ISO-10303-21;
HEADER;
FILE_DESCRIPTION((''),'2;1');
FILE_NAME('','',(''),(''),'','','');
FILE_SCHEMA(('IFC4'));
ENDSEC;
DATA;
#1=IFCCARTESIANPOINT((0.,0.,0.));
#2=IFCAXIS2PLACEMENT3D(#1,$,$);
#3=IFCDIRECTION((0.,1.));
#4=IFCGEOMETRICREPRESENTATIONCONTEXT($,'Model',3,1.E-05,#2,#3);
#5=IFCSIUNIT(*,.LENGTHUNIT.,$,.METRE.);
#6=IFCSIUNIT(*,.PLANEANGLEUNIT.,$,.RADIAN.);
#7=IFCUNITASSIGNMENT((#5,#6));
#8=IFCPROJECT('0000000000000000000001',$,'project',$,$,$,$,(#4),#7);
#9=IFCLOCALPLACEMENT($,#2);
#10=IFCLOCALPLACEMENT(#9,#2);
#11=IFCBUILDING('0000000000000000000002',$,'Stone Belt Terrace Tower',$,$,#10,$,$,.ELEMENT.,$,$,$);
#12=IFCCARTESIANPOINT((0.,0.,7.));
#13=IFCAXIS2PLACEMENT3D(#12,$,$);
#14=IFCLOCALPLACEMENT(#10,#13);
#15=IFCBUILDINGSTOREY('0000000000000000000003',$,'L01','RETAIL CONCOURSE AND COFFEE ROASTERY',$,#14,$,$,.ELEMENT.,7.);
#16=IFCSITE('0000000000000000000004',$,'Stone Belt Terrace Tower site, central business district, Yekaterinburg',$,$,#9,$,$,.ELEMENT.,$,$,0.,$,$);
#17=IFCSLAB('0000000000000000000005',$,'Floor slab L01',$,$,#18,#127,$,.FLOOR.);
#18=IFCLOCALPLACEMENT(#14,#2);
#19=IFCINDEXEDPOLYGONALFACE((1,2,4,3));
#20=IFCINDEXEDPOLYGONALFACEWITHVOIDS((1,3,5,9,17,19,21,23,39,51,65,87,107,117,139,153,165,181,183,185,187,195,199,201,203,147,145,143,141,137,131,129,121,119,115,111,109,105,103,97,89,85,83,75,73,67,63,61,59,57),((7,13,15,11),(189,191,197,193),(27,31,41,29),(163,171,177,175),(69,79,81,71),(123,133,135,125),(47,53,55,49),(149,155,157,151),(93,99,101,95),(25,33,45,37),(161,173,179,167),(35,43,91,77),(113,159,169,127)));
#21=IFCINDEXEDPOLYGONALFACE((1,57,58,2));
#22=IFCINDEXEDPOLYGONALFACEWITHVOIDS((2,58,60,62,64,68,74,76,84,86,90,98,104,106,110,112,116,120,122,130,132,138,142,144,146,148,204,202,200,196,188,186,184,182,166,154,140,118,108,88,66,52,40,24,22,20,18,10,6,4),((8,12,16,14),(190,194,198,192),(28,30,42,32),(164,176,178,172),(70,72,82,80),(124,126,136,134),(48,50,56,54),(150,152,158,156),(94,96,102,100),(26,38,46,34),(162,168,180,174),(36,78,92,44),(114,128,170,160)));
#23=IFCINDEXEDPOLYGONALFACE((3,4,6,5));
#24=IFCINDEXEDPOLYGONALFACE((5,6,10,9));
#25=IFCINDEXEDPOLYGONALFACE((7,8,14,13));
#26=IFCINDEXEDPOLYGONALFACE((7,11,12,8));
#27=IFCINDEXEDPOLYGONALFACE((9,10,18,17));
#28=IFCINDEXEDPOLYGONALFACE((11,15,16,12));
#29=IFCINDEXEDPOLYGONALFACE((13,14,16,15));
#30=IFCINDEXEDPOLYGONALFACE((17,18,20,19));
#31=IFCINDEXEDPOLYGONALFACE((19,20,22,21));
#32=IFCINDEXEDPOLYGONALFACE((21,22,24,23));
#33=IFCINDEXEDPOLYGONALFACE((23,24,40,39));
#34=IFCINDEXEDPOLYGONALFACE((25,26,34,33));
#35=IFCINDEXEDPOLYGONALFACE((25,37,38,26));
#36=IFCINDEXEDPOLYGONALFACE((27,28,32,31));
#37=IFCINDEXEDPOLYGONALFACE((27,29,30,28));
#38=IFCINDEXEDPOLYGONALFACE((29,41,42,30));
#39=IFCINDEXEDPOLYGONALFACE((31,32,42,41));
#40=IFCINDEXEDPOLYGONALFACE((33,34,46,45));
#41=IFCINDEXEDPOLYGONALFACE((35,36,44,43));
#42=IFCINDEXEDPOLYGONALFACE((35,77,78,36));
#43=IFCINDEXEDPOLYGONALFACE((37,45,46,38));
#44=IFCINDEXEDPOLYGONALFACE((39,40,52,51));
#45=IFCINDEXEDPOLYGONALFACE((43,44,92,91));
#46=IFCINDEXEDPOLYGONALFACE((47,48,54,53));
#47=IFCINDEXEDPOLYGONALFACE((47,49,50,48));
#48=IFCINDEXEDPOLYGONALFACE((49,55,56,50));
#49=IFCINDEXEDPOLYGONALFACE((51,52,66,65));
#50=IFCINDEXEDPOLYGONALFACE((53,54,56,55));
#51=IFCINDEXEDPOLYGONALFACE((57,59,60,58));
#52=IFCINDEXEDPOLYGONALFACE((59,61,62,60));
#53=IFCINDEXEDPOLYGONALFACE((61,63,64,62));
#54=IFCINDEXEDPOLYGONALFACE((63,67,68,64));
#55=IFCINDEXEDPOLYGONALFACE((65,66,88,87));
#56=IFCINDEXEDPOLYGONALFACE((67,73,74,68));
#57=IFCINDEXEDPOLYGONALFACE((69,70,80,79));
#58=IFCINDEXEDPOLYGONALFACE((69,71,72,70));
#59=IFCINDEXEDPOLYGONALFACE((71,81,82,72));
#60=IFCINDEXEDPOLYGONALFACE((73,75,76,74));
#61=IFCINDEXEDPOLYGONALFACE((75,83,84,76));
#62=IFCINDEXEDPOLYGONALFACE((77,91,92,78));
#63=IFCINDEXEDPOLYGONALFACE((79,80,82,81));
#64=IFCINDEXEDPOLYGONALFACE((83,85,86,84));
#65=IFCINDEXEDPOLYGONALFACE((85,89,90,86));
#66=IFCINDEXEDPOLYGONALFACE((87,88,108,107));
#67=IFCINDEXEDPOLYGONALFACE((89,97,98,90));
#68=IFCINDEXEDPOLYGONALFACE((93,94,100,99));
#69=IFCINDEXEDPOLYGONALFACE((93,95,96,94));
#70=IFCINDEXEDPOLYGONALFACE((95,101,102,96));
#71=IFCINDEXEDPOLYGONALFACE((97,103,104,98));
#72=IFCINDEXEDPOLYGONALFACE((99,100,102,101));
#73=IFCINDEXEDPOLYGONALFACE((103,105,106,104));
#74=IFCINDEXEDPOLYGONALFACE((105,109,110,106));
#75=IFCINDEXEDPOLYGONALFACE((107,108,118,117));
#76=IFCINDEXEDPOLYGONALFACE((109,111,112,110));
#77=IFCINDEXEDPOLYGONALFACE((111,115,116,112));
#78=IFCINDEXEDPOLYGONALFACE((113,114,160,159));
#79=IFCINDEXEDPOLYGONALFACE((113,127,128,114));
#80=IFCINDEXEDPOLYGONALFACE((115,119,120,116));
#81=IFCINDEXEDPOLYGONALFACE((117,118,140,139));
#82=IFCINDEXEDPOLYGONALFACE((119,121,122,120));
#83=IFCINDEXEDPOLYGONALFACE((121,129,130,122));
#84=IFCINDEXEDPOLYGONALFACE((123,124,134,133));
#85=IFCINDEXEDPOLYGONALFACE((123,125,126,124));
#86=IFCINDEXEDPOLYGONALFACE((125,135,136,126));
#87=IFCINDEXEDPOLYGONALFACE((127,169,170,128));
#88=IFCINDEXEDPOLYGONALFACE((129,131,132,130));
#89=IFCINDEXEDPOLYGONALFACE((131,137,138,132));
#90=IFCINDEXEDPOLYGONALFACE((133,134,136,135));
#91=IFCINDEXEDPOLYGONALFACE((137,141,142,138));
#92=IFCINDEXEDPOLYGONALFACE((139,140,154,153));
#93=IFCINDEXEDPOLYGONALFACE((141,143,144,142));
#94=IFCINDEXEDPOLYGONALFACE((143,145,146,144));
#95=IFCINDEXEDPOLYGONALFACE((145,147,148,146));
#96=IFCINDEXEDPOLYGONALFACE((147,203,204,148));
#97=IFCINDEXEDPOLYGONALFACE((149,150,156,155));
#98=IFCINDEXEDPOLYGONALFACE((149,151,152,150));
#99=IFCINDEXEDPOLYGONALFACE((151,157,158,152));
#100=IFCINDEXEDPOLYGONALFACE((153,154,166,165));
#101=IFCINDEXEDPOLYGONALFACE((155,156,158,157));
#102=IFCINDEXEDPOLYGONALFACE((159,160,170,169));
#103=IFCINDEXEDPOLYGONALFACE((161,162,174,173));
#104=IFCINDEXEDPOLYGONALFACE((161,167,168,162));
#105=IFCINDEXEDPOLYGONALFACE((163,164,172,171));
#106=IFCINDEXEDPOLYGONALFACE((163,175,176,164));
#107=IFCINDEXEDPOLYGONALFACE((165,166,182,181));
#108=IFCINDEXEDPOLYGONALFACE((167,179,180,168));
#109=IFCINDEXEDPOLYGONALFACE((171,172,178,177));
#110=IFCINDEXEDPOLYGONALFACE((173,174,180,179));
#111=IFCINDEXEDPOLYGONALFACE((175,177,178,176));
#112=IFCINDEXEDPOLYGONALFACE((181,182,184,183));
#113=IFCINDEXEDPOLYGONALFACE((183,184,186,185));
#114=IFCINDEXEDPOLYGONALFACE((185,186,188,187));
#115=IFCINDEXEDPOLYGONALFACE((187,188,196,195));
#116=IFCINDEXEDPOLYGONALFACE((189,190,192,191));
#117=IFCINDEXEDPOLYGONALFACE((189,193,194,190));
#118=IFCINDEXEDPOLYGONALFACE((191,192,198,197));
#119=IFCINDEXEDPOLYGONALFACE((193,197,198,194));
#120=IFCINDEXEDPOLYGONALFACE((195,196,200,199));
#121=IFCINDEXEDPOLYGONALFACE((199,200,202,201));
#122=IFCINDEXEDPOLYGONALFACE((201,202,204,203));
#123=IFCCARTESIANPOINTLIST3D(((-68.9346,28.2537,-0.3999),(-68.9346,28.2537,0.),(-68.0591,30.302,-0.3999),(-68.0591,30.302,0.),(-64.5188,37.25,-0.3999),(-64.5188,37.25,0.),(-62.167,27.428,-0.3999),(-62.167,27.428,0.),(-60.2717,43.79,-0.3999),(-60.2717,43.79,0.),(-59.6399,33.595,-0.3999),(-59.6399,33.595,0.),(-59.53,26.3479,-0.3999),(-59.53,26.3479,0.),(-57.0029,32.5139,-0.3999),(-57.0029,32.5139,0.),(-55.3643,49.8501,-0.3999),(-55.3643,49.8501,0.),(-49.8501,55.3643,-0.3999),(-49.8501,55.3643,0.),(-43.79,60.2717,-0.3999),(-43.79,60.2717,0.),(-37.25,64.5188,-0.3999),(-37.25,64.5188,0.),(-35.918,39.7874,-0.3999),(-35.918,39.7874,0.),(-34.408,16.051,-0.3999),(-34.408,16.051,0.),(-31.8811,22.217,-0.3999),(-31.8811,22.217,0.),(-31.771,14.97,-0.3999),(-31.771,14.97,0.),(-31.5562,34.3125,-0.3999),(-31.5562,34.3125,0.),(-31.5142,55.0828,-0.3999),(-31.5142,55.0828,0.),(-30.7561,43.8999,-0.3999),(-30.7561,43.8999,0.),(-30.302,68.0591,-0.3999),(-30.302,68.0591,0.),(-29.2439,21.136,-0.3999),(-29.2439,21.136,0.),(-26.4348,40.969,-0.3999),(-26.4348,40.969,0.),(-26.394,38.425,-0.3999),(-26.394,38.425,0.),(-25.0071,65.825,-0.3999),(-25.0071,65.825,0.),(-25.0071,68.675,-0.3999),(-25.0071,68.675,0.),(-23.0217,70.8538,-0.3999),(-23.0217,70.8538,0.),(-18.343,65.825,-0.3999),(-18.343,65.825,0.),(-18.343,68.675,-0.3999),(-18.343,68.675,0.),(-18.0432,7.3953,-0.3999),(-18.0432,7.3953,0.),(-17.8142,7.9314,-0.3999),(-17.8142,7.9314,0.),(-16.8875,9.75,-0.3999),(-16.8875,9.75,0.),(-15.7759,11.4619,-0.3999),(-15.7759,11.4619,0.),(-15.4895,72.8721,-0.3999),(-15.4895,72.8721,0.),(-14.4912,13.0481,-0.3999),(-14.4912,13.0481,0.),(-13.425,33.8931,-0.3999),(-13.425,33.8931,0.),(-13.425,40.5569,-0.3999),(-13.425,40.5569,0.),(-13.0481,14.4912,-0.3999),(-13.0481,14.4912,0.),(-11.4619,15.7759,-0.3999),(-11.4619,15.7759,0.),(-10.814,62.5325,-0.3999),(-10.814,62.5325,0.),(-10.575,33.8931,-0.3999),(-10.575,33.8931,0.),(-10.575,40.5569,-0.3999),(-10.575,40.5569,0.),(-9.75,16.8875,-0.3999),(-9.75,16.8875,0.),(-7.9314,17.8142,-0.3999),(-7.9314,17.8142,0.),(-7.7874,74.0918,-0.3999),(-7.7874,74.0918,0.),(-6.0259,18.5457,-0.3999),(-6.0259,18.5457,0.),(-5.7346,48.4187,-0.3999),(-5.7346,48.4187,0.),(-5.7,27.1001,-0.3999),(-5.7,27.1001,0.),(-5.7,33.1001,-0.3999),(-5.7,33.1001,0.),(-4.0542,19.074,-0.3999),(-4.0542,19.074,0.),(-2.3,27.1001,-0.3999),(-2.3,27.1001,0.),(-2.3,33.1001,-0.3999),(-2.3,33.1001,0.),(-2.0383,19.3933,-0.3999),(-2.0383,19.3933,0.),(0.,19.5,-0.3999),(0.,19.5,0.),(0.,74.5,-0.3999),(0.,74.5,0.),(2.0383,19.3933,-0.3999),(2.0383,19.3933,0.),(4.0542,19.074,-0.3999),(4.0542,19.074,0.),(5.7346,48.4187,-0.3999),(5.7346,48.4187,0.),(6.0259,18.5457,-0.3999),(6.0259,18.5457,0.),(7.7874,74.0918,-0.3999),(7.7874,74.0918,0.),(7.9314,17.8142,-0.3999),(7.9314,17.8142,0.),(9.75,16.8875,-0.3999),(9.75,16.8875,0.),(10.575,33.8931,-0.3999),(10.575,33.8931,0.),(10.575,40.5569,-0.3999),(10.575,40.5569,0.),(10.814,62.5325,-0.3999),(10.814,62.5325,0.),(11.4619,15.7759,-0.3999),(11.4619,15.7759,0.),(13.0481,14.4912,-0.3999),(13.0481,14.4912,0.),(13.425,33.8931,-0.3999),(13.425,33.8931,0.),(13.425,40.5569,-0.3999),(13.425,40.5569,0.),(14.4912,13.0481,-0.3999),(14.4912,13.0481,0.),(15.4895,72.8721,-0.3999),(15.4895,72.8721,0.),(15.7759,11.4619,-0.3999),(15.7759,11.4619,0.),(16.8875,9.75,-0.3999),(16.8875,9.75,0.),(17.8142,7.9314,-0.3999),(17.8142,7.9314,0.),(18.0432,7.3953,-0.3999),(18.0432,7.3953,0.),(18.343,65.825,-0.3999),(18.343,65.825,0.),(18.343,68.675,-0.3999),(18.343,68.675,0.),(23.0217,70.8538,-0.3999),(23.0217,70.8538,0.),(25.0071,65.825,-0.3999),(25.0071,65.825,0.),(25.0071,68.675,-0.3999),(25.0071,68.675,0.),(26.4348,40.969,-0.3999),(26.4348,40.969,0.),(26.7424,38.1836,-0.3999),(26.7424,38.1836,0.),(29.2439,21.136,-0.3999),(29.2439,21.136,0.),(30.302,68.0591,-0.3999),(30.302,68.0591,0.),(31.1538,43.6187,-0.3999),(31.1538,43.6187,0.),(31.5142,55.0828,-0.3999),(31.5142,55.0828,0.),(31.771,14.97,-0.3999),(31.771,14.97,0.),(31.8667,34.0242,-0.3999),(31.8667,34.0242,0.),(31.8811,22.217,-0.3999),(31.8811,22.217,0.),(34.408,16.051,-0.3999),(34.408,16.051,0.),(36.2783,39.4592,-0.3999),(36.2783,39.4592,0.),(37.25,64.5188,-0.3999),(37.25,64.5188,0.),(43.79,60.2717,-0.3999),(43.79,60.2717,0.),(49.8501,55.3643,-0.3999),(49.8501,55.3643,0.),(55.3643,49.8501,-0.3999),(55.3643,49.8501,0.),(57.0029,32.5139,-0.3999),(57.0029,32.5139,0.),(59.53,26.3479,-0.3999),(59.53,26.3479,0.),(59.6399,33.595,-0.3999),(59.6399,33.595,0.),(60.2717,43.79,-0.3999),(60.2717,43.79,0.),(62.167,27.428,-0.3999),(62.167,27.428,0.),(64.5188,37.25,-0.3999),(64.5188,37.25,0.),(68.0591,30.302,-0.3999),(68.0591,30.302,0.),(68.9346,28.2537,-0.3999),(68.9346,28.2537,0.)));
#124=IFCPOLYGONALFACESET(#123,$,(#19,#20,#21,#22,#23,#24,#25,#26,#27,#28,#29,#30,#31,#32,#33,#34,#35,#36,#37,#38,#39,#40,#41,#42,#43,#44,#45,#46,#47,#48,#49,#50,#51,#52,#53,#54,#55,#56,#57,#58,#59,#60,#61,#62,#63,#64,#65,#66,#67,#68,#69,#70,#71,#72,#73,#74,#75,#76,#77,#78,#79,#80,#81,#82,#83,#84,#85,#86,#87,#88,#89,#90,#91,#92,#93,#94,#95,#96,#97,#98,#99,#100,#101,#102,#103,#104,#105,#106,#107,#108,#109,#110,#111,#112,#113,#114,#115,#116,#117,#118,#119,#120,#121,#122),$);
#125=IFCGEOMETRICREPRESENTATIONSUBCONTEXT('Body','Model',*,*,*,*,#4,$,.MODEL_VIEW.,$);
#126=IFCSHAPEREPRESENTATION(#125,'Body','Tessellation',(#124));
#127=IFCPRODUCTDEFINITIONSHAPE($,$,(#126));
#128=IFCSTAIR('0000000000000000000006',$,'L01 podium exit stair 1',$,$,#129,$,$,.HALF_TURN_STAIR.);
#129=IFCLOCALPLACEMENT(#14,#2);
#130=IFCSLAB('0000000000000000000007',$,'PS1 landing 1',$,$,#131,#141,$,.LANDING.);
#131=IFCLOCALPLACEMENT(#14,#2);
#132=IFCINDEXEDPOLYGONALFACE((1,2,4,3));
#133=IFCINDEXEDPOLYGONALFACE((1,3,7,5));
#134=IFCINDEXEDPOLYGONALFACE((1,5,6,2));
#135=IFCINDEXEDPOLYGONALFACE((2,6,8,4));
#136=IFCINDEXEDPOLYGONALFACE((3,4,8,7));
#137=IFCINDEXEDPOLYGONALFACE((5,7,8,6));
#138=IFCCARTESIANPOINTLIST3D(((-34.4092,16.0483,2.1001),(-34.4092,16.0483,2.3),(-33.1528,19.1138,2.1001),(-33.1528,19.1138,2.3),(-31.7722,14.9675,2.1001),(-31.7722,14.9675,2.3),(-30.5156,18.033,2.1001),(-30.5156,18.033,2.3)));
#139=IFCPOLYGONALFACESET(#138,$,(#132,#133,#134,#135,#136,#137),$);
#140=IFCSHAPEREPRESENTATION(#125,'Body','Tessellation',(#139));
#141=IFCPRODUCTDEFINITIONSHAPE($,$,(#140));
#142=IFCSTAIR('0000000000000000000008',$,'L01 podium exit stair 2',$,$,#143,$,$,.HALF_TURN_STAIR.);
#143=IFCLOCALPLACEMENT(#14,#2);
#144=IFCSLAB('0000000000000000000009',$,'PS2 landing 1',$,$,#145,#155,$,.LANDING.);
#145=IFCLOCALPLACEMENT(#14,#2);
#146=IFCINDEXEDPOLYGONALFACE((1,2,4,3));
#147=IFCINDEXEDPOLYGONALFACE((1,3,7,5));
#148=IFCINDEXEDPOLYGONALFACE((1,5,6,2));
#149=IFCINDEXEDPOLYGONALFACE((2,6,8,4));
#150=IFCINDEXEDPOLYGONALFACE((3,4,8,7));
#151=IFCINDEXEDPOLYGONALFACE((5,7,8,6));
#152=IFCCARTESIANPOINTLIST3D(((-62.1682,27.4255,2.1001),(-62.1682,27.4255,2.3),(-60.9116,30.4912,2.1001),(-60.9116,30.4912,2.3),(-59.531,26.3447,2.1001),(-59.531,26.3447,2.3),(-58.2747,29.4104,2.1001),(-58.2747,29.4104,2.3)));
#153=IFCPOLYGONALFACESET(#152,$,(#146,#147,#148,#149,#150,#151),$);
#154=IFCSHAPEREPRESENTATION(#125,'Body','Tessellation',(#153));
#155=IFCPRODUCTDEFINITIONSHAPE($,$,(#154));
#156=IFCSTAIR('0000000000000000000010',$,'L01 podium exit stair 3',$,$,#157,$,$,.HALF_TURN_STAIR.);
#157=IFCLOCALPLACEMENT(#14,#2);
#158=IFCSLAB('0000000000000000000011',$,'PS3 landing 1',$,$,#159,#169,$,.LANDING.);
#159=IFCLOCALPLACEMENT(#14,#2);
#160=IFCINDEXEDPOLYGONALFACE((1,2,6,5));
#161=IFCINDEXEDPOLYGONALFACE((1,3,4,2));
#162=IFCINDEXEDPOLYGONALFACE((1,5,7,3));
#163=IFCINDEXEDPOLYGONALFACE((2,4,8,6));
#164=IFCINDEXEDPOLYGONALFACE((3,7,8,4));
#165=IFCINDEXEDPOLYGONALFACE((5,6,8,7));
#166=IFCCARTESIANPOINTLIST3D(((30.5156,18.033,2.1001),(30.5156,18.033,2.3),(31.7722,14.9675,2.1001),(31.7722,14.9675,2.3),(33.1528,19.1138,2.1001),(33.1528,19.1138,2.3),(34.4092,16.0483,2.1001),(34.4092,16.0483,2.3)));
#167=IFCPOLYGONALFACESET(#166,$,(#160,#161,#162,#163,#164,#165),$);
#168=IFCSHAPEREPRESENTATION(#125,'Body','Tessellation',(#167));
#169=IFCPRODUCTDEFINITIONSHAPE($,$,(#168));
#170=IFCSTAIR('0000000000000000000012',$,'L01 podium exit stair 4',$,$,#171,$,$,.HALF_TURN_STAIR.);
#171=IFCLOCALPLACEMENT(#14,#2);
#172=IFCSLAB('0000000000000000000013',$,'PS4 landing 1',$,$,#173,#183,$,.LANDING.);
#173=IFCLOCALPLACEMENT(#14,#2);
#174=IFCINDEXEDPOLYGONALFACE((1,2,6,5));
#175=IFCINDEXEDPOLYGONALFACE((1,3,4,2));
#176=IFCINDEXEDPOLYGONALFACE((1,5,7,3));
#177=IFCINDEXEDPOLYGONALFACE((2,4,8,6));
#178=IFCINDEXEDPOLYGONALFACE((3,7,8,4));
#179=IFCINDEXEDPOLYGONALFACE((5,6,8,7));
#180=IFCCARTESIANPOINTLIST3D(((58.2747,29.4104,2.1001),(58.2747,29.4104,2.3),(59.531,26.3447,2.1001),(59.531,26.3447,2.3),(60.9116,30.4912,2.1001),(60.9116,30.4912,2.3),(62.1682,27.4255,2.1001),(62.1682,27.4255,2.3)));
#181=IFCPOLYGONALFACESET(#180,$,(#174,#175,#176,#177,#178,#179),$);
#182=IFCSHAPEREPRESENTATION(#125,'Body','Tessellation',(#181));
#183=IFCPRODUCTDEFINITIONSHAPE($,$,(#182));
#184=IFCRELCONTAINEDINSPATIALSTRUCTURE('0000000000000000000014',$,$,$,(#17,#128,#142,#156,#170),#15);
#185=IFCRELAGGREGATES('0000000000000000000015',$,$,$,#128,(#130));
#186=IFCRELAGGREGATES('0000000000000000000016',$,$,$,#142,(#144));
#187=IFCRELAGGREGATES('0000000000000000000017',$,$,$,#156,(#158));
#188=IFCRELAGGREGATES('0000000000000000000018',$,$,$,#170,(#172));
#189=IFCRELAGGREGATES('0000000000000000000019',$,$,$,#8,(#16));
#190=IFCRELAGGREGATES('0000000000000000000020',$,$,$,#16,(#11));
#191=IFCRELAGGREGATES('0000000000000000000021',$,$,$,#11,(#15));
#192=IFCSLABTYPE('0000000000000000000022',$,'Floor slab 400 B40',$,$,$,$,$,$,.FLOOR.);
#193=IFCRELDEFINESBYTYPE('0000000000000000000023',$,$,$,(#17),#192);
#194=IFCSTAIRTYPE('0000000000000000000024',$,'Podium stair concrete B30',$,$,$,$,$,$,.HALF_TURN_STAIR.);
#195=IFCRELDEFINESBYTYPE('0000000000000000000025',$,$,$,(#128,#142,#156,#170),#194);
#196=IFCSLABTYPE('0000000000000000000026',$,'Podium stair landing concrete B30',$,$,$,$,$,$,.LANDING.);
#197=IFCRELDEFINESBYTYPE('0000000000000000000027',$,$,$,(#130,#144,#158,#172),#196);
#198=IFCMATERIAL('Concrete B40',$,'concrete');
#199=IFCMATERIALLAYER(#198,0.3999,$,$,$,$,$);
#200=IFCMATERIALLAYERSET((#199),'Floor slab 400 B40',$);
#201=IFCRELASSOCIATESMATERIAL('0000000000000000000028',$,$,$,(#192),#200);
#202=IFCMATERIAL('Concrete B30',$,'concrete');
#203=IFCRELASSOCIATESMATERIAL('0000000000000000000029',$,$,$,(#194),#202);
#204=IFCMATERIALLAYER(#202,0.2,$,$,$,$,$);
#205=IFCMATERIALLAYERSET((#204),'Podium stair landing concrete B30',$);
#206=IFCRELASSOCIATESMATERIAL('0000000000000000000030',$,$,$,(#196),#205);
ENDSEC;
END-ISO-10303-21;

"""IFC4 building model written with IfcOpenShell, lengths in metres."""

from ifc_helpers import new_model, si_unit, direction, frame, origin, place, context, subcontext, project, spatial, polyline, outline, extrude, material, layer, layer_set, type_object, element, aggregate, save


model = new_model("IFC4")

# Units and contexts
model_context = context("Model", 3, precision=1e-05, world=origin(), true_north=direction((0.0, 1.0)))
body_context = subcontext(model_context, "Body", "Model", "MODEL_VIEW")
ifc_project = project(units=[si_unit("LENGTHUNIT", "METRE"), si_unit("PLANEANGLEUNIT", "RADIAN")], contexts=[model_context])

# Site, building, storey
site_placement = place(None, origin())
site = spatial("IfcSite", under=ifc_project, at=site_placement, Name="Stone Belt Terrace Tower site, central business district, Yekaterinburg", CompositionType="ELEMENT", RefElevation=0.0)
building_placement = place(site_placement, origin())
building = spatial("IfcBuilding", under=site, at=building_placement, Name="Stone Belt Terrace Tower", CompositionType="ELEMENT")
storey_placement = place(building_placement, frame((0.0, 0.0, 7.0)))
storey = spatial("IfcBuildingStorey", under=building, at=storey_placement, Name="L01", Description="RETAIL CONCOURSE AND COFFEE ROASTERY", CompositionType="ELEMENT", Elevation=7.0)

# Slab
ifc_material_1 = material(Name="Concrete B40", Category="concrete")
ifc_layer_1 = layer(ifc_material_1, 0.3999)
ifc_layer_set_1 = layer_set([ifc_layer_1], Name="Floor slab 400 B40")
slab_type_1 = type_object("IfcSlabType", Name="Floor slab 400 B40", PredefinedType="FLOOR", material=ifc_layer_set_1)
slab_1_placement = place(storey_placement, frame((0.0, 0.0, -0.3999)))
element("IfcSlab", 1, at=slab_1_placement, inside=storey, type_object=slab_type_1, Name="Floor slab L01", PredefinedType="FLOOR", context=body_context, shape_type="SweptSolid", body=[
    extrude(outline(polyline([(0.0, 74.5), (7.7874, 74.0918), (15.4895, 72.8721), (23.0217, 70.8538), (30.302, 68.0591), (37.25, 64.5188), (43.79, 60.2717), (49.8501, 55.3643), (55.3643, 49.8501), (60.2717, 43.79), (64.5188, 37.25), (68.0591, 30.302), (68.9346, 28.2537), (18.0432, 7.3953), (17.8142, 7.9314), (16.8875, 9.75), (15.7759, 11.4619), (14.4912, 13.0481), (13.0481, 14.4912), (11.4619, 15.7759), (9.75, 16.8875), (7.9314, 17.8142), (6.0259, 18.5457), (4.0542, 19.074), (2.0383, 19.3933), (0.0, 19.5), (-2.0383, 19.3933), (-4.0542, 19.074), (-6.0259, 18.5457), (-7.9314, 17.8142), (-9.75, 16.8875), (-11.4619, 15.7759), (-13.0481, 14.4912), (-14.4912, 13.0481), (-15.7759, 11.4619), (-16.8875, 9.75), (-17.8142, 7.9314), (-18.0432, 7.3953), (-68.9346, 28.2537), (-68.0591, 30.302), (-64.5188, 37.25), (-60.2717, 43.79), (-55.3643, 49.8501), (-49.8501, 55.3643), (-43.79, 60.2717), (-37.25, 64.5188), (-30.302, 68.0591), (-23.0217, 70.8538), (-15.4895, 72.8721), (-7.7874, 74.0918), (0.0, 74.5)]), holes=[polyline([(-5.7346, 48.4187), (-10.814, 62.5325), (-31.5142, 55.0828), (-26.4348, 40.969), (-5.7346, 48.4187)]), polyline([(5.7346, 48.4187), (26.4348, 40.969), (31.5142, 55.0828), (10.814, 62.5325), (5.7346, 48.4187)]), polyline([(-29.2439, 21.136), (-31.8811, 22.217), (-34.408, 16.051), (-31.771, 14.97), (-29.2439, 21.136)]), polyline([(-59.53, 26.3479), (-57.0029, 32.5139), (-59.6399, 33.595), (-62.167, 27.428), (-59.53, 26.3479)]), polyline([(31.771, 14.97), (34.408, 16.051), (31.8811, 22.217), (29.2439, 21.136), (31.771, 14.97)]), polyline([(57.0029, 32.5139), (59.53, 26.3479), (62.167, 27.428), (59.6399, 33.595), (57.0029, 32.5139)]), polyline([(-13.425, 33.8931), (-10.575, 33.8931), (-10.575, 40.5569), (-13.425, 40.5569), (-13.425, 33.8931)]), polyline([(10.575, 40.5569), (10.575, 33.8931), (13.425, 33.8931), (13.425, 40.5569), (10.575, 40.5569)]), polyline([(-25.0071, 68.675), (-25.0071, 65.825), (-18.343, 65.825), (-18.343, 68.675), (-25.0071, 68.675)]), polyline([(18.343, 65.825), (25.0071, 65.825), (25.0071, 68.675), (18.343, 68.675), (18.343, 65.825)]), polyline([(-5.7, 27.1001), (-2.3, 27.1001), (-2.3, 33.1001), (-5.7, 33.1001), (-5.7, 27.1001)]), polyline([(-35.918, 39.7874), (-31.5562, 34.3125), (-26.394, 38.425), (-30.7561, 43.8999), (-35.918, 39.7874)]), polyline([(36.2783, 39.4592), (31.1538, 43.6187), (26.7424, 38.1836), (31.8667, 34.0242), (36.2783, 39.4592)])]), origin(), (0.0, 0.0, 1.0), 0.3999),
])

# Stairs, slabs
ifc_material_2 = material(Name="Concrete B30", Category="concrete")
stair_type = type_object("IfcStairType", Name="Podium stair concrete B30", PredefinedType="HALF_TURN_STAIR", material=ifc_material_2)
stair_1_placement = place(storey_placement, origin())
stair_1 = element("IfcStair", 2, at=stair_1_placement, inside=storey, type_object=stair_type, Name="L01 podium exit stair 1", PredefinedType="HALF_TURN_STAIR")
ifc_layer_2 = layer(ifc_material_2, 0.2)
ifc_layer_set_2 = layer_set([ifc_layer_2], Name="Podium stair landing concrete B30")
slab_type_2 = type_object("IfcSlabType", Name="Podium stair landing concrete B30", PredefinedType="LANDING", material=ifc_layer_set_2)
slab_2_placement = place(storey_placement, frame((0.0, 0.0, 2.1001)))
slab_2 = element("IfcSlab", 3, at=slab_2_placement, type_object=slab_type_2, Name="PS1 landing 1", PredefinedType="LANDING", context=body_context, shape_type="SweptSolid", body=[
    extrude(outline(polyline([(-33.1528, 19.1138), (-34.4092, 16.0483), (-31.7722, 14.9675), (-30.5156, 18.033), (-33.1528, 19.1138)])), origin(), (0.0, 0.0, 1.0), 0.2),
])
aggregate(stair_1, [slab_2])
stair_2_placement = place(storey_placement, origin())
stair_2 = element("IfcStair", 4, at=stair_2_placement, inside=storey, type_object=stair_type, Name="L01 podium exit stair 2", PredefinedType="HALF_TURN_STAIR")
slab_3_placement = place(storey_placement, frame((0.0, 0.0, 2.1001)))
slab_3 = element("IfcSlab", 5, at=slab_3_placement, type_object=slab_type_2, Name="PS2 landing 1", PredefinedType="LANDING", context=body_context, shape_type="SweptSolid", body=[
    extrude(outline(polyline([(-60.9116, 30.4912), (-62.1682, 27.4255), (-59.531, 26.3447), (-58.2747, 29.4104), (-60.9116, 30.4912)])), origin(), (0.0, 0.0, 1.0), 0.2),
])
aggregate(stair_2, [slab_3])
stair_3_placement = place(storey_placement, origin())
stair_3 = element("IfcStair", 6, at=stair_3_placement, inside=storey, type_object=stair_type, Name="L01 podium exit stair 3", PredefinedType="HALF_TURN_STAIR")
slab_4_placement = place(storey_placement, frame((0.0, 0.0, 2.1001)))
slab_4 = element("IfcSlab", 7, at=slab_4_placement, type_object=slab_type_2, Name="PS3 landing 1", PredefinedType="LANDING", context=body_context, shape_type="SweptSolid", body=[
    extrude(outline(polyline([(30.5156, 18.033), (31.7722, 14.9675), (34.4092, 16.0483), (33.1528, 19.1138), (30.5156, 18.033)])), origin(), (0.0, 0.0, 1.0), 0.2),
])
aggregate(stair_3, [slab_4])
stair_4_placement = place(storey_placement, origin())
stair_4 = element("IfcStair", 8, at=stair_4_placement, inside=storey, type_object=stair_type, Name="L01 podium exit stair 4", PredefinedType="HALF_TURN_STAIR")
slab_5_placement = place(storey_placement, frame((0.0, 0.0, 2.1001)))
slab_5 = element("IfcSlab", 9, at=slab_5_placement, type_object=slab_type_2, Name="PS4 landing 1", PredefinedType="LANDING", context=body_context, shape_type="SweptSolid", body=[
    extrude(outline(polyline([(58.2747, 29.4104), (59.531, 26.3447), (62.1682, 27.4255), (60.9116, 30.4912), (58.2747, 29.4104)])), origin(), (0.0, 0.0, 1.0), 0.2),
])
aggregate(stair_4, [slab_5])

save(model, "model.ifc")
